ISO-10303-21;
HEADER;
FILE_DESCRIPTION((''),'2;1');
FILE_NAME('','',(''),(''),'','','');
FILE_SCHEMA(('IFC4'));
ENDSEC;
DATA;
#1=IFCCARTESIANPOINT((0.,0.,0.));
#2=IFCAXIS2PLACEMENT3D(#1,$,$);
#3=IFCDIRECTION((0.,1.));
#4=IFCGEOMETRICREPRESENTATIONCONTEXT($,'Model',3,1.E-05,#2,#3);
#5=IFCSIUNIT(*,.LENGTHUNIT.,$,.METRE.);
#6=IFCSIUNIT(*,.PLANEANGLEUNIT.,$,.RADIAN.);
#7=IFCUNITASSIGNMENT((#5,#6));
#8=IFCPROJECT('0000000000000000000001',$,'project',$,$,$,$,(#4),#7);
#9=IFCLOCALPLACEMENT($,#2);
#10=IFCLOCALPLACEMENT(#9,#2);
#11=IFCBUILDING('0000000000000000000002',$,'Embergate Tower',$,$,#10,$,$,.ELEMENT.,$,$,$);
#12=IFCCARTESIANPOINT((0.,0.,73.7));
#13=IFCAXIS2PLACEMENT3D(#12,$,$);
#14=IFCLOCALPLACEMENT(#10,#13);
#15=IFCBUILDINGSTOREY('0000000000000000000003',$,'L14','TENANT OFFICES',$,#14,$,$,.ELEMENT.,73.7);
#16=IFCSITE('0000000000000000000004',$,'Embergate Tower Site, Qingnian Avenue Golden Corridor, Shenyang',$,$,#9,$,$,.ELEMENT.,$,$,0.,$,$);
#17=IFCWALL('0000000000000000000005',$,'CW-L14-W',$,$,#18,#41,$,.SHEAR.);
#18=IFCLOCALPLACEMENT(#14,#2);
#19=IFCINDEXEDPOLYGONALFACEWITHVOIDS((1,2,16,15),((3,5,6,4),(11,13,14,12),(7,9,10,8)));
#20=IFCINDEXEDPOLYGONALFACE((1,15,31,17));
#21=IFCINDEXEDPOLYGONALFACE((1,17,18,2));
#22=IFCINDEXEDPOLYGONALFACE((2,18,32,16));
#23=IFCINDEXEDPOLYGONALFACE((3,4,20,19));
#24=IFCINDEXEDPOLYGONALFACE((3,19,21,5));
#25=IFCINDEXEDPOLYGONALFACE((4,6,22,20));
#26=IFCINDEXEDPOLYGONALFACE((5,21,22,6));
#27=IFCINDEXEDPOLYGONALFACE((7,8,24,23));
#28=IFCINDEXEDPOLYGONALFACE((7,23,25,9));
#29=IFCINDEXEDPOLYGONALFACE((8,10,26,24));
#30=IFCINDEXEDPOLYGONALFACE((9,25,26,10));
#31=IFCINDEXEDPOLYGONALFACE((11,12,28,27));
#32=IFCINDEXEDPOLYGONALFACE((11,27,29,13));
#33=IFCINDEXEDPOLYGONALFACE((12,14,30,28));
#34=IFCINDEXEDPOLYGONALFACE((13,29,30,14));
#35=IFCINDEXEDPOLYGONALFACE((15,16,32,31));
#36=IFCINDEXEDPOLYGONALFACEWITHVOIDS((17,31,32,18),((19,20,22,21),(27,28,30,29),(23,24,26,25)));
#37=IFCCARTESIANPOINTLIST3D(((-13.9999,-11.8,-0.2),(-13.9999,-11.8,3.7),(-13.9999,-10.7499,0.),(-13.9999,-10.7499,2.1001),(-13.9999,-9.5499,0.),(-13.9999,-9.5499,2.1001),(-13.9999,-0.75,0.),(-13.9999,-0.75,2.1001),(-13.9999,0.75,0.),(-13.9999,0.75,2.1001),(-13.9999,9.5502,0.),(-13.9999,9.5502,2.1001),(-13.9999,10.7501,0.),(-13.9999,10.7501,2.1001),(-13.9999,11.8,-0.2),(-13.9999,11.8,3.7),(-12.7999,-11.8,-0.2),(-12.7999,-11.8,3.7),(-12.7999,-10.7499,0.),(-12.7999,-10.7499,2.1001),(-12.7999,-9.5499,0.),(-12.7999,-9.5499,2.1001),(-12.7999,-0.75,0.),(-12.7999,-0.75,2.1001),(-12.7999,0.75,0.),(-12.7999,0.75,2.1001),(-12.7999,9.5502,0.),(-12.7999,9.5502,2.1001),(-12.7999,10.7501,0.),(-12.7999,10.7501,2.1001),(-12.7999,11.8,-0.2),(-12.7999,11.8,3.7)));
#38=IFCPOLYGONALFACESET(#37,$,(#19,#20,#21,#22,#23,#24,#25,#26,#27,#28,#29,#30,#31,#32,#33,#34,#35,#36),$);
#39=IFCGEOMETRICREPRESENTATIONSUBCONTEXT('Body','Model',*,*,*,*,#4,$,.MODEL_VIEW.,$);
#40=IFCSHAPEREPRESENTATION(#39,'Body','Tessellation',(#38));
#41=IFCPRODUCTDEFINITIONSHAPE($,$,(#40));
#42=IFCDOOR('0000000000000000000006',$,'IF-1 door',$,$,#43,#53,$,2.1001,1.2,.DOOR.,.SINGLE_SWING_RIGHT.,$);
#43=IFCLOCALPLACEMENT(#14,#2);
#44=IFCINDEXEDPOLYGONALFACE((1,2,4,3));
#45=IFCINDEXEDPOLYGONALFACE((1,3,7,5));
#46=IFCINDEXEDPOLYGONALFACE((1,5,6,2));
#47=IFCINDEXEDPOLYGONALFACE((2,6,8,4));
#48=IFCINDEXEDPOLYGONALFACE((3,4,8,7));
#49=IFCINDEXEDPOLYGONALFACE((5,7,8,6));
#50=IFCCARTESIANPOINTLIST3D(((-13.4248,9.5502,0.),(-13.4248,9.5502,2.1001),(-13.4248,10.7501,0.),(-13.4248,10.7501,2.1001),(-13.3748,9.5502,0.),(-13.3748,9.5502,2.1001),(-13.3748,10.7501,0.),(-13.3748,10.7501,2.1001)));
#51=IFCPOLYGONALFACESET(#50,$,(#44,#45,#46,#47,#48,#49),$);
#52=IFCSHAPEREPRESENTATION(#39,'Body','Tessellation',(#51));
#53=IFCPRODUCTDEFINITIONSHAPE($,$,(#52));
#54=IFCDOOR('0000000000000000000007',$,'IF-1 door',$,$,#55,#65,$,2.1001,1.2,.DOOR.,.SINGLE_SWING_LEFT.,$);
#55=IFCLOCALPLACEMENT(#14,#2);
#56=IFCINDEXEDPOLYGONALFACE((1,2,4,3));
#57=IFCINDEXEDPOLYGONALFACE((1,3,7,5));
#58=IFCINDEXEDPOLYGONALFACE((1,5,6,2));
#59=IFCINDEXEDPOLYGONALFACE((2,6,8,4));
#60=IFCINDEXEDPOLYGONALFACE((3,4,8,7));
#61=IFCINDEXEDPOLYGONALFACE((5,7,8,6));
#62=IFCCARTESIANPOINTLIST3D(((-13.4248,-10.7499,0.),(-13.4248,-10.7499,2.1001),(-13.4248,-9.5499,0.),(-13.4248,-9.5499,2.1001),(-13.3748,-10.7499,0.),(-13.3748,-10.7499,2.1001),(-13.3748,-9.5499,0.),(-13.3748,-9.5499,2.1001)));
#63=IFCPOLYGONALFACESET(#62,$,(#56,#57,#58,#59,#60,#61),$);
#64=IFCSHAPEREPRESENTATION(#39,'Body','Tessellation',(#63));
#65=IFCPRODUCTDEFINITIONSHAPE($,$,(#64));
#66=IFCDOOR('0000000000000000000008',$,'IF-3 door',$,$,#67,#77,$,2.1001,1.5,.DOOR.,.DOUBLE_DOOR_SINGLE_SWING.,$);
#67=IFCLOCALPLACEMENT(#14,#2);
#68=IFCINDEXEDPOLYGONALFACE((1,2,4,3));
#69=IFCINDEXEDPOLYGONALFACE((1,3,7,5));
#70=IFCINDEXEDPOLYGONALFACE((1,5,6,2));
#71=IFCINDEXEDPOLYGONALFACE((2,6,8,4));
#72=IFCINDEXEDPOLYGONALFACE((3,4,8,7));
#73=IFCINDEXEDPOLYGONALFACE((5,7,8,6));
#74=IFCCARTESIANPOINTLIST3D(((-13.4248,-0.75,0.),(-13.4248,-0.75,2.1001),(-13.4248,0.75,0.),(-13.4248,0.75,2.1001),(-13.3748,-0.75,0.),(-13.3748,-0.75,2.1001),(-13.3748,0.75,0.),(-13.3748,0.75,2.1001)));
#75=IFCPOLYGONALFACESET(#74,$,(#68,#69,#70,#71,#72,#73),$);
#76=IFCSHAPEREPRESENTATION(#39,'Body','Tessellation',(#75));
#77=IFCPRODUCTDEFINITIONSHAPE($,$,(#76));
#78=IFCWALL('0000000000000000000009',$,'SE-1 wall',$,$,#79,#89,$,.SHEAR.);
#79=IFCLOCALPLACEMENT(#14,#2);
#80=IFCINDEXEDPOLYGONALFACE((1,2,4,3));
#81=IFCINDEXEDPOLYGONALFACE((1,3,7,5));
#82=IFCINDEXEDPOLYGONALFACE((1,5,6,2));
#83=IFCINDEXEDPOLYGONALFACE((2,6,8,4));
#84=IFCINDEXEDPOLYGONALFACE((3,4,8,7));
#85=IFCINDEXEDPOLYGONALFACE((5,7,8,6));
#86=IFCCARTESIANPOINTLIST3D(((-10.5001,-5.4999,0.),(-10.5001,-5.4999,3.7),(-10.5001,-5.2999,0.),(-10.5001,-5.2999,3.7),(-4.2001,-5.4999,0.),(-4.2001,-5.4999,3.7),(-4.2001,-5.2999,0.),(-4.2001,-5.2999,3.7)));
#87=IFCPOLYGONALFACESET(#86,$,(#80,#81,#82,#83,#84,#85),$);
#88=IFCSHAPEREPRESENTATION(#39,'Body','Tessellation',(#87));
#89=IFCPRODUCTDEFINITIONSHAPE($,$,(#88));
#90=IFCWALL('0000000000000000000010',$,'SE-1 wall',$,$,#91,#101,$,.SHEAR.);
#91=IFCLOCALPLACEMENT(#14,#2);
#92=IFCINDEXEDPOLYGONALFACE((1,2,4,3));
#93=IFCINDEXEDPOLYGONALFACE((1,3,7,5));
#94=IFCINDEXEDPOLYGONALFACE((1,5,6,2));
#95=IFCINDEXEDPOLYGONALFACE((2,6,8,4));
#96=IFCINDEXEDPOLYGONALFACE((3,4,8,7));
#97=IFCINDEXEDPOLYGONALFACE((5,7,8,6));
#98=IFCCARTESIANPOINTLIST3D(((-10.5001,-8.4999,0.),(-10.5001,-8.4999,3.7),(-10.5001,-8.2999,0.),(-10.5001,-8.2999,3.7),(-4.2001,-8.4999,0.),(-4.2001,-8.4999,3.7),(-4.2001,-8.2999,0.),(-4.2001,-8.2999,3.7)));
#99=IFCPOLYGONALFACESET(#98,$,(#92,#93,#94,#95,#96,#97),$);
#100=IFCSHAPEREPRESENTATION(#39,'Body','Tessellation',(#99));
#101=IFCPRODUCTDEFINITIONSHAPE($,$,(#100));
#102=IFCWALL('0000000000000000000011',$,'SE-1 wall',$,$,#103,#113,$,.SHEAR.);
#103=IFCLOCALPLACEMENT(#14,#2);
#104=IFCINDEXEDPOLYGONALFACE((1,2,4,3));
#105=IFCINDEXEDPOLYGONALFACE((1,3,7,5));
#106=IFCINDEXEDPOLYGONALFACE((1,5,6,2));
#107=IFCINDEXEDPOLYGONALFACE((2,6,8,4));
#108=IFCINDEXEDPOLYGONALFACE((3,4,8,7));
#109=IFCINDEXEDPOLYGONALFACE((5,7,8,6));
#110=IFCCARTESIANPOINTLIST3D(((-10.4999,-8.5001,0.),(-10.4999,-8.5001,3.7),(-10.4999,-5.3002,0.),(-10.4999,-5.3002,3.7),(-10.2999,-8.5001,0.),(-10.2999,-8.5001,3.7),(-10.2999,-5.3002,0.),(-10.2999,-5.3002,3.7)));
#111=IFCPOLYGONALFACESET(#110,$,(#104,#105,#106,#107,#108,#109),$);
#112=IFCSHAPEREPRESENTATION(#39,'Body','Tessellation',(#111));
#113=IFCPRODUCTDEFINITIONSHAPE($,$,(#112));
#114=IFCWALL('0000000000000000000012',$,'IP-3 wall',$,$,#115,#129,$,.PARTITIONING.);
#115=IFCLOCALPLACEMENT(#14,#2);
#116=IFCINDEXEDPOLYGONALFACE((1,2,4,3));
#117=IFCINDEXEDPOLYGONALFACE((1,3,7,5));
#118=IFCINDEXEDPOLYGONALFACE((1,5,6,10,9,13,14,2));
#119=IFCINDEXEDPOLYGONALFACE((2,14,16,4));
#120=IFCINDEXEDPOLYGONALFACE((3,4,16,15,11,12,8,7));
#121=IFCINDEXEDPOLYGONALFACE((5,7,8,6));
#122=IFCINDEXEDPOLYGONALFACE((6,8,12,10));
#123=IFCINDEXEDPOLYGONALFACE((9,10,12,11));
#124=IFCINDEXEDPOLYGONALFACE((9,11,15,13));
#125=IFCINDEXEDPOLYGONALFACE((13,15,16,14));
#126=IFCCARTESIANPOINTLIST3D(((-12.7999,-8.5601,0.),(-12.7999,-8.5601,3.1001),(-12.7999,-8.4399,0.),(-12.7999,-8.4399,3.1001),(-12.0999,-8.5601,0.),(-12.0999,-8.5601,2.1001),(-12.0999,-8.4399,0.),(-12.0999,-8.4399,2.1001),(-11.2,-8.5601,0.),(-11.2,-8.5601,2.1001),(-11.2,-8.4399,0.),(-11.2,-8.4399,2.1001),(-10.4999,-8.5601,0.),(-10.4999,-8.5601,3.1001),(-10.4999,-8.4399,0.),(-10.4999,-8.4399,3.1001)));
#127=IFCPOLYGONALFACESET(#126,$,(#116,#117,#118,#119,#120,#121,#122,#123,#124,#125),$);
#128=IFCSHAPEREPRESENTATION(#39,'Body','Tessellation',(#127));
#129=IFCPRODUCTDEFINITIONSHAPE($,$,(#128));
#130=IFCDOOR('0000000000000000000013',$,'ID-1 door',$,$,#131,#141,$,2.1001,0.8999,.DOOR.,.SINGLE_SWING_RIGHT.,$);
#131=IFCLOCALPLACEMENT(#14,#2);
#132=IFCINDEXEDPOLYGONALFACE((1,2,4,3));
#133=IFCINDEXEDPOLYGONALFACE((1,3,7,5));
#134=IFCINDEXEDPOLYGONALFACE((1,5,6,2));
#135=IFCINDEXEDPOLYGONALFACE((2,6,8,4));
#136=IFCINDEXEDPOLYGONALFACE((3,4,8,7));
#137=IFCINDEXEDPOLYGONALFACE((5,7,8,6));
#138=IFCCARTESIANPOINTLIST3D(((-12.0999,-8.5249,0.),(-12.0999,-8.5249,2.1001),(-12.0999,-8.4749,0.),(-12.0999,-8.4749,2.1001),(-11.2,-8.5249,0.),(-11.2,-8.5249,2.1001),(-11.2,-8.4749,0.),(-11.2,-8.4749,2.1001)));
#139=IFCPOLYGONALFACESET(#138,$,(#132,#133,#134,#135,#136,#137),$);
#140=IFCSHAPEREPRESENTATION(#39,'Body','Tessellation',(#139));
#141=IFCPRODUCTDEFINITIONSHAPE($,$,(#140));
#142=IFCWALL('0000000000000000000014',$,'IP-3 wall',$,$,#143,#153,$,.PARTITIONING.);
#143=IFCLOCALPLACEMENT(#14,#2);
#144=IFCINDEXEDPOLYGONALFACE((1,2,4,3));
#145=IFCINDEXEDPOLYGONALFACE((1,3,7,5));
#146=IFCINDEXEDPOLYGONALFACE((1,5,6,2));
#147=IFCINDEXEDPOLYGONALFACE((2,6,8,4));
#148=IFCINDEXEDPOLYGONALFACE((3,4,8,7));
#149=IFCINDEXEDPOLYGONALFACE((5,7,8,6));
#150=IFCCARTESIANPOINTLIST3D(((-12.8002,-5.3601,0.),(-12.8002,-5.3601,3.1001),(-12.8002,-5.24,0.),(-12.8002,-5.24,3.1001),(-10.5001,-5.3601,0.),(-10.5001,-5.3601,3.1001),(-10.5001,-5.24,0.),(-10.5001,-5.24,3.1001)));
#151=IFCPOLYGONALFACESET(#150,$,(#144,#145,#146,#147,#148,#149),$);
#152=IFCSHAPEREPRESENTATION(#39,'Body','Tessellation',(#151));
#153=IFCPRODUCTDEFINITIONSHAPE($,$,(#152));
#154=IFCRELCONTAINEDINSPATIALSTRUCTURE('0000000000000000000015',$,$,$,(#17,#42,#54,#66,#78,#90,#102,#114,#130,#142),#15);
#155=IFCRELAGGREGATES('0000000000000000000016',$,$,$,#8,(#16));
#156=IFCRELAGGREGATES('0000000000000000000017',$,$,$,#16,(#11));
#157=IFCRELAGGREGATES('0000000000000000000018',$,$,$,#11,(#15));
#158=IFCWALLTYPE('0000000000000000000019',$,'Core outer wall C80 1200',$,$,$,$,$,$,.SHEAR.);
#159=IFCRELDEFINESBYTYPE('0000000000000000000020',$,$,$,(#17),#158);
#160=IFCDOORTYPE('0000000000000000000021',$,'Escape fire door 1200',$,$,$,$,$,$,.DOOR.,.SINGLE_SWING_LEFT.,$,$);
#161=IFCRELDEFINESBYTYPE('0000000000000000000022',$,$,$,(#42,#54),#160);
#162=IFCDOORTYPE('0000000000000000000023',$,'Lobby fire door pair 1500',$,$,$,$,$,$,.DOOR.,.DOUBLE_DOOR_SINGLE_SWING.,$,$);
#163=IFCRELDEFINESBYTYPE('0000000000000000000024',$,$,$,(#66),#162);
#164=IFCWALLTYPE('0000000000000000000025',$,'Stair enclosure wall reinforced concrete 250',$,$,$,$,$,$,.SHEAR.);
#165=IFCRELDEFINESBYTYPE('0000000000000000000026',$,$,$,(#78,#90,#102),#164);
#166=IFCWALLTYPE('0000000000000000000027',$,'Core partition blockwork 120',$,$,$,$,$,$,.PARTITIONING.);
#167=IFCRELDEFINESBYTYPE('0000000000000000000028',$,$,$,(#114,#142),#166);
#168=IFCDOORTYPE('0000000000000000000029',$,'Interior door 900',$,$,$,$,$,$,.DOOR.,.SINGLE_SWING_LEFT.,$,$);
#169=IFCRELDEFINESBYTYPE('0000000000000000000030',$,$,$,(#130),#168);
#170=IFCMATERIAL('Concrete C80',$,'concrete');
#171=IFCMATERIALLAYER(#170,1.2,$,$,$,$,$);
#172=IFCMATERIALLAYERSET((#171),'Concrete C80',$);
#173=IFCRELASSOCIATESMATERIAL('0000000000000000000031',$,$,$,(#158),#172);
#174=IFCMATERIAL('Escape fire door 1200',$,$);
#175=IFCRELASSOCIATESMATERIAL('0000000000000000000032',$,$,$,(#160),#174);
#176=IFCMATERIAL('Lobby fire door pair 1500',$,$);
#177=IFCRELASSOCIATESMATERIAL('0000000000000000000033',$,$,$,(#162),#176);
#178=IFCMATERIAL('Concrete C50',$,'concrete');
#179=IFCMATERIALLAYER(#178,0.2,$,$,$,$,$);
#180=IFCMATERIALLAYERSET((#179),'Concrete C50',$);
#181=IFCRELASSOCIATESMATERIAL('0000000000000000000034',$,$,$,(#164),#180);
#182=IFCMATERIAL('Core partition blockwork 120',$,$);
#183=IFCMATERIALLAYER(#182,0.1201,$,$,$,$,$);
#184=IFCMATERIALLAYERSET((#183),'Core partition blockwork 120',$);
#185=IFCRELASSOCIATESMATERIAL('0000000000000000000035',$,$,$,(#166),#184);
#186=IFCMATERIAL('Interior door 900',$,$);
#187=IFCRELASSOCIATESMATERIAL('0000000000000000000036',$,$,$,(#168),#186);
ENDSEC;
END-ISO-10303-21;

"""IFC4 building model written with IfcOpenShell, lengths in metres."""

from ifc_helpers import new_model, si_unit, direction, frame, frame_2d, origin, place, context, subcontext, project, spatial, rectangle, extrude, source, transform, mapped, material, layer, layer_set, type_object, element, fill, save


model = new_model("IFC4")

# Units and contexts
model_context = context("Model", 3, precision=1e-05, world=origin(), true_north=direction((0.0, 1.0)))
body_context = subcontext(model_context, "Body", "Model", "MODEL_VIEW")
ifc_project = project(units=[si_unit("LENGTHUNIT", "METRE"), si_unit("PLANEANGLEUNIT", "RADIAN")], contexts=[model_context])

# Site, building, storey
site_placement = place(None, origin())
site = spatial("IfcSite", under=ifc_project, at=site_placement, Name="Embergate Tower Site, Qingnian Avenue Golden Corridor, Shenyang", CompositionType="ELEMENT", RefElevation=0.0)
building_placement = place(site_placement, origin())
building = spatial("IfcBuilding", under=site, at=building_placement, Name="Embergate Tower", CompositionType="ELEMENT")
storey_placement = place(building_placement, frame((0.0, 0.0, 73.7)))
storey = spatial("IfcBuildingStorey", under=building, at=storey_placement, Name="L14", Description="TENANT OFFICES", CompositionType="ELEMENT", Elevation=73.7)

# Shared definitions
ifc_material_1 = material(Name="Concrete C80", Category="concrete")
ifc_layer_1 = layer(ifc_material_1, 1.2)
ifc_layer_set_1 = layer_set([ifc_layer_1], Name="Concrete C80")
wall_type_1 = type_object("IfcWallType", Name="Core outer wall C80 1200", PredefinedType="SHEAR", material=ifc_layer_set_1)

# Wall, openings, doors
shared_shape_1 = source(origin(), body_context, "Body", "SweptSolid", [
    extrude(rectangle(XDim=23.6001, YDim=1.2, at=frame_2d((11.8, 0.0))), origin(), (0.0, 0.0, 1.0), 3.8999),
])
wall_1_placement = place(storey_placement, frame((-13.3999, -11.8, -0.2), z_axis=(0.0, 0.0, 1.0), x_axis=(0.0, 1.0, 0.0)))
wall_1 = element("IfcWall", 1, at=wall_1_placement, inside=storey, type_object=wall_type_1, Name="CW-L14-W", PredefinedType="SHEAR", context=body_context, shape_type="MappedRepresentation", body=[
    mapped(shared_shape_1, transform((0.0, 0.0, 0.0))),
])
shared_shape_2 = source(origin(), body_context, "Body", "SweptSolid", [
    extrude(rectangle(XDim=1.2, YDim=2.1001, at=frame_2d((0.6001, 1.05))), frame((0.0, 0.6099, 0.0), z_axis=(0.0, -1.0, 0.0), x_axis=(1.0, 0.0, 0.0)), (0.0, 0.0, 1.0), 1.22),
])
opening_1_placement = place(wall_1_placement, frame((21.3501, 0.0, 0.2)))
opening_1 = element("IfcOpeningElement", 2, at=opening_1_placement, cuts=wall_1, PredefinedType="OPENING", context=body_context, shape_type="MappedRepresentation", body=[
    mapped(shared_shape_2, transform((0.0, 0.0, 0.0))),
])
opening_2_placement = place(wall_1_placement, frame((1.05, 0.0, 0.2)))
opening_2 = element("IfcOpeningElement", 3, at=opening_2_placement, cuts=wall_1, PredefinedType="OPENING", context=body_context, shape_type="MappedRepresentation", body=[
    mapped(shared_shape_2, transform((0.0, 0.0, 0.0))),
])
shared_shape_3 = source(origin(), body_context, "Body", "SweptSolid", [
    extrude(rectangle(XDim=1.5, YDim=2.1001, at=frame_2d((0.75, 1.05))), frame((0.0, 0.6099, 0.0), z_axis=(0.0, -1.0, 0.0), x_axis=(1.0, 0.0, 0.0)), (0.0, 0.0, 1.0), 1.22),
])
opening_3_placement = place(wall_1_placement, frame((11.05, 0.0, 0.2)))
opening_3 = element("IfcOpeningElement", 4, at=opening_3_placement, cuts=wall_1, PredefinedType="OPENING", context=body_context, shape_type="MappedRepresentation", body=[
    mapped(shared_shape_3, transform((0.0, 0.0, 0.0))),
])
ifc_material_2 = material(Name="Escape fire door 1200")
door_type_1 = type_object("IfcDoorType", Name="Escape fire door 1200", OperationType="SINGLE_SWING_LEFT", PredefinedType="DOOR", material=ifc_material_2)
shared_shape_4 = source(origin(), body_context, "Body", "SweptSolid", [
    extrude(rectangle(XDim=1.2, YDim=2.1001, at=frame_2d((0.6001, 1.05))), frame((0.0, 0.0249, 0.0), z_axis=(0.0, -1.0, 0.0), x_axis=(1.0, 0.0, 0.0)), (0.0, 0.0, 1.0), 0.05),
])
door_1_placement = place(opening_1_placement, origin())
door_1 = element("IfcDoor", 5, at=door_1_placement, inside=storey, type_object=door_type_1, Name="IF-1 door", OperationType="SINGLE_SWING_RIGHT", OverallHeight=2.1001, OverallWidth=1.2, PredefinedType="DOOR", context=body_context, shape_type="MappedRepresentation", body=[
    mapped(shared_shape_4, transform((0.0, 0.0, 0.0))),
])
fill(opening_1, door_1)
door_2_placement = place(opening_2_placement, origin())
door_2 = element("IfcDoor", 6, at=door_2_placement, inside=storey, type_object=door_type_1, Name="IF-1 door", OperationType="SINGLE_SWING_LEFT", OverallHeight=2.1001, OverallWidth=1.2, PredefinedType="DOOR", context=body_context, shape_type="MappedRepresentation", body=[
    mapped(shared_shape_4, transform((0.0, 0.0, 0.0))),
])
fill(opening_2, door_2)
ifc_material_3 = material(Name="Lobby fire door pair 1500")
door_type_2 = type_object("IfcDoorType", Name="Lobby fire door pair 1500", OperationType="DOUBLE_DOOR_SINGLE_SWING", PredefinedType="DOOR", material=ifc_material_3)
shared_shape_5 = source(origin(), body_context, "Body", "SweptSolid", [
    extrude(rectangle(XDim=1.5, YDim=2.1001, at=frame_2d((0.75, 1.05))), frame((0.0, 0.0249, 0.0), z_axis=(0.0, -1.0, 0.0), x_axis=(1.0, 0.0, 0.0)), (0.0, 0.0, 1.0), 0.05),
])
door_3_placement = place(opening_3_placement, origin())
door_3 = element("IfcDoor", 7, at=door_3_placement, inside=storey, type_object=door_type_2, Name="IF-3 door", OperationType="DOUBLE_DOOR_SINGLE_SWING", OverallHeight=2.1001, OverallWidth=1.5, PredefinedType="DOOR", context=body_context, shape_type="MappedRepresentation", body=[
    mapped(shared_shape_5, transform((0.0, 0.0, 0.0))),
])
fill(opening_3, door_3)

# Walls
ifc_material_4 = material(Name="Concrete C50", Category="concrete")
ifc_layer_2 = layer(ifc_material_4, 0.2)
ifc_layer_set_2 = layer_set([ifc_layer_2], Name="Concrete C50")
wall_type_2 = type_object("IfcWallType", Name="Stair enclosure wall reinforced concrete 250", PredefinedType="SHEAR", material=ifc_layer_set_2)
shared_shape_6 = source(origin(), body_context, "Body", "SweptSolid", [
    extrude(rectangle(XDim=6.3, YDim=0.2, at=frame_2d((3.1499, 0.0))), origin(), (0.0, 0.0, 1.0), 3.7),
])
for number, where, z_axis, x_axis, name in (
    (8, (-10.5, -5.3999, 0.0), (0.0, 0.0, 1.0), (1.0, 0.0, 0.0), "SE-1 wall"),
    (9, (-10.5, -8.3999, 0.0), (0.0, 0.0, 1.0), (1.0, 0.0, 0.0), "SE-1 wall"),
):
    element("IfcWall", number, at=place(storey_placement, frame(where, z_axis=z_axis, x_axis=x_axis)), inside=storey, type_object=wall_type_2, Name=name, PredefinedType="SHEAR", context=body_context, shape_type="MappedRepresentation", body=[
        mapped(shared_shape_6, transform((0.0, 0.0, 0.0))),
    ])
shared_shape_7 = source(origin(), body_context, "Body", "SweptSolid", [
    extrude(rectangle(XDim=3.2, YDim=0.2, at=frame_2d((1.6001, 0.0))), origin(), (0.0, 0.0, 1.0), 3.7),
])
wall_2_placement = place(storey_placement, frame((-10.3999, -5.3, 0.0), z_axis=(0.0, 0.0, 1.0), x_axis=(0.0, -1.0, 0.0)))
element("IfcWall", 10, at=wall_2_placement, inside=storey, type_object=wall_type_2, Name="SE-1 wall", PredefinedType="SHEAR", context=body_context, shape_type="MappedRepresentation", body=[
    mapped(shared_shape_7, transform((0.0, 0.0, 0.0))),
])

# Wall, opening, door
ifc_material_5 = material(Name="Core partition blockwork 120")
ifc_layer_3 = layer(ifc_material_5, 0.1201)
ifc_layer_set_3 = layer_set([ifc_layer_3], Name="Core partition blockwork 120")
wall_type_3 = type_object("IfcWallType", Name="Core partition blockwork 120", PredefinedType="PARTITIONING", material=ifc_layer_set_3)
shared_shape_8 = source(origin(), body_context, "Body", "SweptSolid", [
    extrude(rectangle(XDim=2.3, YDim=0.1201, at=frame_2d((1.1499, 0.0))), origin(), (0.0, 0.0, 1.0), 3.1001),
])
wall_3_placement = place(storey_placement, frame((-10.5, -8.5, 0.0), z_axis=(0.0, 0.0, 1.0), x_axis=(-1.0, 0.0, 0.0)))
wall_3 = element("IfcWall", 11, at=wall_3_placement, inside=storey, type_object=wall_type_3, Name="IP-3 wall", PredefinedType="PARTITIONING", context=body_context, shape_type="MappedRepresentation", body=[
    mapped(shared_shape_8, transform((0.0, 0.0, 0.0))),
])
shared_shape_9 = source(origin(), body_context, "Body", "SweptSolid", [
    extrude(rectangle(XDim=0.8999, YDim=2.1001, at=frame_2d((0.45, 1.05))), frame((0.0, 0.0701, 0.0), z_axis=(0.0, -1.0, 0.0), x_axis=(1.0, 0.0, 0.0)), (0.0, 0.0, 1.0), 0.1401),
])
opening_4_placement = place(wall_3_placement, frame((0.7, 0.0, 0.0)))
opening_4 = element("IfcOpeningElement", 12, at=opening_4_placement, cuts=wall_3, PredefinedType="OPENING", context=body_context, shape_type="MappedRepresentation", body=[
    mapped(shared_shape_9, transform((0.0, 0.0, 0.0))),
])
ifc_material_6 = material(Name="Interior door 900")
door_type_3 = type_object("IfcDoorType", Name="Interior door 900", OperationType="SINGLE_SWING_LEFT", PredefinedType="DOOR", material=ifc_material_6)
shared_shape_10 = source(origin(), body_context, "Body", "SweptSolid", [
    extrude(rectangle(XDim=0.8999, YDim=2.1001, at=frame_2d((0.45, 1.05))), frame((0.0, 0.0249, 0.0), z_axis=(0.0, -1.0, 0.0), x_axis=(1.0, 0.0, 0.0)), (0.0, 0.0, 1.0), 0.05),
])
door_4_placement = place(opening_4_placement, origin())
door_4 = element("IfcDoor", 13, at=door_4_placement, inside=storey, type_object=door_type_3, Name="ID-1 door", OperationType="SINGLE_SWING_RIGHT", OverallHeight=2.1001, OverallWidth=0.8999, PredefinedType="DOOR", context=body_context, shape_type="MappedRepresentation", body=[
    mapped(shared_shape_10, transform((0.0, 0.0, 0.0))),
])
fill(opening_4, door_4)

# Wall
wall_4_placement = place(storey_placement, frame((-12.8, -5.3, 0.0), z_axis=(0.0, 0.0, 1.0), x_axis=(1.0, 0.0, 0.0)))
element("IfcWall", 14, at=wall_4_placement, inside=storey, type_object=wall_type_3, Name="IP-3 wall", PredefinedType="PARTITIONING", context=body_context, shape_type="MappedRepresentation", body=[
    mapped(shared_shape_8, transform((0.0, 0.0, 0.0))),
])

save(model, "model.ifc")
